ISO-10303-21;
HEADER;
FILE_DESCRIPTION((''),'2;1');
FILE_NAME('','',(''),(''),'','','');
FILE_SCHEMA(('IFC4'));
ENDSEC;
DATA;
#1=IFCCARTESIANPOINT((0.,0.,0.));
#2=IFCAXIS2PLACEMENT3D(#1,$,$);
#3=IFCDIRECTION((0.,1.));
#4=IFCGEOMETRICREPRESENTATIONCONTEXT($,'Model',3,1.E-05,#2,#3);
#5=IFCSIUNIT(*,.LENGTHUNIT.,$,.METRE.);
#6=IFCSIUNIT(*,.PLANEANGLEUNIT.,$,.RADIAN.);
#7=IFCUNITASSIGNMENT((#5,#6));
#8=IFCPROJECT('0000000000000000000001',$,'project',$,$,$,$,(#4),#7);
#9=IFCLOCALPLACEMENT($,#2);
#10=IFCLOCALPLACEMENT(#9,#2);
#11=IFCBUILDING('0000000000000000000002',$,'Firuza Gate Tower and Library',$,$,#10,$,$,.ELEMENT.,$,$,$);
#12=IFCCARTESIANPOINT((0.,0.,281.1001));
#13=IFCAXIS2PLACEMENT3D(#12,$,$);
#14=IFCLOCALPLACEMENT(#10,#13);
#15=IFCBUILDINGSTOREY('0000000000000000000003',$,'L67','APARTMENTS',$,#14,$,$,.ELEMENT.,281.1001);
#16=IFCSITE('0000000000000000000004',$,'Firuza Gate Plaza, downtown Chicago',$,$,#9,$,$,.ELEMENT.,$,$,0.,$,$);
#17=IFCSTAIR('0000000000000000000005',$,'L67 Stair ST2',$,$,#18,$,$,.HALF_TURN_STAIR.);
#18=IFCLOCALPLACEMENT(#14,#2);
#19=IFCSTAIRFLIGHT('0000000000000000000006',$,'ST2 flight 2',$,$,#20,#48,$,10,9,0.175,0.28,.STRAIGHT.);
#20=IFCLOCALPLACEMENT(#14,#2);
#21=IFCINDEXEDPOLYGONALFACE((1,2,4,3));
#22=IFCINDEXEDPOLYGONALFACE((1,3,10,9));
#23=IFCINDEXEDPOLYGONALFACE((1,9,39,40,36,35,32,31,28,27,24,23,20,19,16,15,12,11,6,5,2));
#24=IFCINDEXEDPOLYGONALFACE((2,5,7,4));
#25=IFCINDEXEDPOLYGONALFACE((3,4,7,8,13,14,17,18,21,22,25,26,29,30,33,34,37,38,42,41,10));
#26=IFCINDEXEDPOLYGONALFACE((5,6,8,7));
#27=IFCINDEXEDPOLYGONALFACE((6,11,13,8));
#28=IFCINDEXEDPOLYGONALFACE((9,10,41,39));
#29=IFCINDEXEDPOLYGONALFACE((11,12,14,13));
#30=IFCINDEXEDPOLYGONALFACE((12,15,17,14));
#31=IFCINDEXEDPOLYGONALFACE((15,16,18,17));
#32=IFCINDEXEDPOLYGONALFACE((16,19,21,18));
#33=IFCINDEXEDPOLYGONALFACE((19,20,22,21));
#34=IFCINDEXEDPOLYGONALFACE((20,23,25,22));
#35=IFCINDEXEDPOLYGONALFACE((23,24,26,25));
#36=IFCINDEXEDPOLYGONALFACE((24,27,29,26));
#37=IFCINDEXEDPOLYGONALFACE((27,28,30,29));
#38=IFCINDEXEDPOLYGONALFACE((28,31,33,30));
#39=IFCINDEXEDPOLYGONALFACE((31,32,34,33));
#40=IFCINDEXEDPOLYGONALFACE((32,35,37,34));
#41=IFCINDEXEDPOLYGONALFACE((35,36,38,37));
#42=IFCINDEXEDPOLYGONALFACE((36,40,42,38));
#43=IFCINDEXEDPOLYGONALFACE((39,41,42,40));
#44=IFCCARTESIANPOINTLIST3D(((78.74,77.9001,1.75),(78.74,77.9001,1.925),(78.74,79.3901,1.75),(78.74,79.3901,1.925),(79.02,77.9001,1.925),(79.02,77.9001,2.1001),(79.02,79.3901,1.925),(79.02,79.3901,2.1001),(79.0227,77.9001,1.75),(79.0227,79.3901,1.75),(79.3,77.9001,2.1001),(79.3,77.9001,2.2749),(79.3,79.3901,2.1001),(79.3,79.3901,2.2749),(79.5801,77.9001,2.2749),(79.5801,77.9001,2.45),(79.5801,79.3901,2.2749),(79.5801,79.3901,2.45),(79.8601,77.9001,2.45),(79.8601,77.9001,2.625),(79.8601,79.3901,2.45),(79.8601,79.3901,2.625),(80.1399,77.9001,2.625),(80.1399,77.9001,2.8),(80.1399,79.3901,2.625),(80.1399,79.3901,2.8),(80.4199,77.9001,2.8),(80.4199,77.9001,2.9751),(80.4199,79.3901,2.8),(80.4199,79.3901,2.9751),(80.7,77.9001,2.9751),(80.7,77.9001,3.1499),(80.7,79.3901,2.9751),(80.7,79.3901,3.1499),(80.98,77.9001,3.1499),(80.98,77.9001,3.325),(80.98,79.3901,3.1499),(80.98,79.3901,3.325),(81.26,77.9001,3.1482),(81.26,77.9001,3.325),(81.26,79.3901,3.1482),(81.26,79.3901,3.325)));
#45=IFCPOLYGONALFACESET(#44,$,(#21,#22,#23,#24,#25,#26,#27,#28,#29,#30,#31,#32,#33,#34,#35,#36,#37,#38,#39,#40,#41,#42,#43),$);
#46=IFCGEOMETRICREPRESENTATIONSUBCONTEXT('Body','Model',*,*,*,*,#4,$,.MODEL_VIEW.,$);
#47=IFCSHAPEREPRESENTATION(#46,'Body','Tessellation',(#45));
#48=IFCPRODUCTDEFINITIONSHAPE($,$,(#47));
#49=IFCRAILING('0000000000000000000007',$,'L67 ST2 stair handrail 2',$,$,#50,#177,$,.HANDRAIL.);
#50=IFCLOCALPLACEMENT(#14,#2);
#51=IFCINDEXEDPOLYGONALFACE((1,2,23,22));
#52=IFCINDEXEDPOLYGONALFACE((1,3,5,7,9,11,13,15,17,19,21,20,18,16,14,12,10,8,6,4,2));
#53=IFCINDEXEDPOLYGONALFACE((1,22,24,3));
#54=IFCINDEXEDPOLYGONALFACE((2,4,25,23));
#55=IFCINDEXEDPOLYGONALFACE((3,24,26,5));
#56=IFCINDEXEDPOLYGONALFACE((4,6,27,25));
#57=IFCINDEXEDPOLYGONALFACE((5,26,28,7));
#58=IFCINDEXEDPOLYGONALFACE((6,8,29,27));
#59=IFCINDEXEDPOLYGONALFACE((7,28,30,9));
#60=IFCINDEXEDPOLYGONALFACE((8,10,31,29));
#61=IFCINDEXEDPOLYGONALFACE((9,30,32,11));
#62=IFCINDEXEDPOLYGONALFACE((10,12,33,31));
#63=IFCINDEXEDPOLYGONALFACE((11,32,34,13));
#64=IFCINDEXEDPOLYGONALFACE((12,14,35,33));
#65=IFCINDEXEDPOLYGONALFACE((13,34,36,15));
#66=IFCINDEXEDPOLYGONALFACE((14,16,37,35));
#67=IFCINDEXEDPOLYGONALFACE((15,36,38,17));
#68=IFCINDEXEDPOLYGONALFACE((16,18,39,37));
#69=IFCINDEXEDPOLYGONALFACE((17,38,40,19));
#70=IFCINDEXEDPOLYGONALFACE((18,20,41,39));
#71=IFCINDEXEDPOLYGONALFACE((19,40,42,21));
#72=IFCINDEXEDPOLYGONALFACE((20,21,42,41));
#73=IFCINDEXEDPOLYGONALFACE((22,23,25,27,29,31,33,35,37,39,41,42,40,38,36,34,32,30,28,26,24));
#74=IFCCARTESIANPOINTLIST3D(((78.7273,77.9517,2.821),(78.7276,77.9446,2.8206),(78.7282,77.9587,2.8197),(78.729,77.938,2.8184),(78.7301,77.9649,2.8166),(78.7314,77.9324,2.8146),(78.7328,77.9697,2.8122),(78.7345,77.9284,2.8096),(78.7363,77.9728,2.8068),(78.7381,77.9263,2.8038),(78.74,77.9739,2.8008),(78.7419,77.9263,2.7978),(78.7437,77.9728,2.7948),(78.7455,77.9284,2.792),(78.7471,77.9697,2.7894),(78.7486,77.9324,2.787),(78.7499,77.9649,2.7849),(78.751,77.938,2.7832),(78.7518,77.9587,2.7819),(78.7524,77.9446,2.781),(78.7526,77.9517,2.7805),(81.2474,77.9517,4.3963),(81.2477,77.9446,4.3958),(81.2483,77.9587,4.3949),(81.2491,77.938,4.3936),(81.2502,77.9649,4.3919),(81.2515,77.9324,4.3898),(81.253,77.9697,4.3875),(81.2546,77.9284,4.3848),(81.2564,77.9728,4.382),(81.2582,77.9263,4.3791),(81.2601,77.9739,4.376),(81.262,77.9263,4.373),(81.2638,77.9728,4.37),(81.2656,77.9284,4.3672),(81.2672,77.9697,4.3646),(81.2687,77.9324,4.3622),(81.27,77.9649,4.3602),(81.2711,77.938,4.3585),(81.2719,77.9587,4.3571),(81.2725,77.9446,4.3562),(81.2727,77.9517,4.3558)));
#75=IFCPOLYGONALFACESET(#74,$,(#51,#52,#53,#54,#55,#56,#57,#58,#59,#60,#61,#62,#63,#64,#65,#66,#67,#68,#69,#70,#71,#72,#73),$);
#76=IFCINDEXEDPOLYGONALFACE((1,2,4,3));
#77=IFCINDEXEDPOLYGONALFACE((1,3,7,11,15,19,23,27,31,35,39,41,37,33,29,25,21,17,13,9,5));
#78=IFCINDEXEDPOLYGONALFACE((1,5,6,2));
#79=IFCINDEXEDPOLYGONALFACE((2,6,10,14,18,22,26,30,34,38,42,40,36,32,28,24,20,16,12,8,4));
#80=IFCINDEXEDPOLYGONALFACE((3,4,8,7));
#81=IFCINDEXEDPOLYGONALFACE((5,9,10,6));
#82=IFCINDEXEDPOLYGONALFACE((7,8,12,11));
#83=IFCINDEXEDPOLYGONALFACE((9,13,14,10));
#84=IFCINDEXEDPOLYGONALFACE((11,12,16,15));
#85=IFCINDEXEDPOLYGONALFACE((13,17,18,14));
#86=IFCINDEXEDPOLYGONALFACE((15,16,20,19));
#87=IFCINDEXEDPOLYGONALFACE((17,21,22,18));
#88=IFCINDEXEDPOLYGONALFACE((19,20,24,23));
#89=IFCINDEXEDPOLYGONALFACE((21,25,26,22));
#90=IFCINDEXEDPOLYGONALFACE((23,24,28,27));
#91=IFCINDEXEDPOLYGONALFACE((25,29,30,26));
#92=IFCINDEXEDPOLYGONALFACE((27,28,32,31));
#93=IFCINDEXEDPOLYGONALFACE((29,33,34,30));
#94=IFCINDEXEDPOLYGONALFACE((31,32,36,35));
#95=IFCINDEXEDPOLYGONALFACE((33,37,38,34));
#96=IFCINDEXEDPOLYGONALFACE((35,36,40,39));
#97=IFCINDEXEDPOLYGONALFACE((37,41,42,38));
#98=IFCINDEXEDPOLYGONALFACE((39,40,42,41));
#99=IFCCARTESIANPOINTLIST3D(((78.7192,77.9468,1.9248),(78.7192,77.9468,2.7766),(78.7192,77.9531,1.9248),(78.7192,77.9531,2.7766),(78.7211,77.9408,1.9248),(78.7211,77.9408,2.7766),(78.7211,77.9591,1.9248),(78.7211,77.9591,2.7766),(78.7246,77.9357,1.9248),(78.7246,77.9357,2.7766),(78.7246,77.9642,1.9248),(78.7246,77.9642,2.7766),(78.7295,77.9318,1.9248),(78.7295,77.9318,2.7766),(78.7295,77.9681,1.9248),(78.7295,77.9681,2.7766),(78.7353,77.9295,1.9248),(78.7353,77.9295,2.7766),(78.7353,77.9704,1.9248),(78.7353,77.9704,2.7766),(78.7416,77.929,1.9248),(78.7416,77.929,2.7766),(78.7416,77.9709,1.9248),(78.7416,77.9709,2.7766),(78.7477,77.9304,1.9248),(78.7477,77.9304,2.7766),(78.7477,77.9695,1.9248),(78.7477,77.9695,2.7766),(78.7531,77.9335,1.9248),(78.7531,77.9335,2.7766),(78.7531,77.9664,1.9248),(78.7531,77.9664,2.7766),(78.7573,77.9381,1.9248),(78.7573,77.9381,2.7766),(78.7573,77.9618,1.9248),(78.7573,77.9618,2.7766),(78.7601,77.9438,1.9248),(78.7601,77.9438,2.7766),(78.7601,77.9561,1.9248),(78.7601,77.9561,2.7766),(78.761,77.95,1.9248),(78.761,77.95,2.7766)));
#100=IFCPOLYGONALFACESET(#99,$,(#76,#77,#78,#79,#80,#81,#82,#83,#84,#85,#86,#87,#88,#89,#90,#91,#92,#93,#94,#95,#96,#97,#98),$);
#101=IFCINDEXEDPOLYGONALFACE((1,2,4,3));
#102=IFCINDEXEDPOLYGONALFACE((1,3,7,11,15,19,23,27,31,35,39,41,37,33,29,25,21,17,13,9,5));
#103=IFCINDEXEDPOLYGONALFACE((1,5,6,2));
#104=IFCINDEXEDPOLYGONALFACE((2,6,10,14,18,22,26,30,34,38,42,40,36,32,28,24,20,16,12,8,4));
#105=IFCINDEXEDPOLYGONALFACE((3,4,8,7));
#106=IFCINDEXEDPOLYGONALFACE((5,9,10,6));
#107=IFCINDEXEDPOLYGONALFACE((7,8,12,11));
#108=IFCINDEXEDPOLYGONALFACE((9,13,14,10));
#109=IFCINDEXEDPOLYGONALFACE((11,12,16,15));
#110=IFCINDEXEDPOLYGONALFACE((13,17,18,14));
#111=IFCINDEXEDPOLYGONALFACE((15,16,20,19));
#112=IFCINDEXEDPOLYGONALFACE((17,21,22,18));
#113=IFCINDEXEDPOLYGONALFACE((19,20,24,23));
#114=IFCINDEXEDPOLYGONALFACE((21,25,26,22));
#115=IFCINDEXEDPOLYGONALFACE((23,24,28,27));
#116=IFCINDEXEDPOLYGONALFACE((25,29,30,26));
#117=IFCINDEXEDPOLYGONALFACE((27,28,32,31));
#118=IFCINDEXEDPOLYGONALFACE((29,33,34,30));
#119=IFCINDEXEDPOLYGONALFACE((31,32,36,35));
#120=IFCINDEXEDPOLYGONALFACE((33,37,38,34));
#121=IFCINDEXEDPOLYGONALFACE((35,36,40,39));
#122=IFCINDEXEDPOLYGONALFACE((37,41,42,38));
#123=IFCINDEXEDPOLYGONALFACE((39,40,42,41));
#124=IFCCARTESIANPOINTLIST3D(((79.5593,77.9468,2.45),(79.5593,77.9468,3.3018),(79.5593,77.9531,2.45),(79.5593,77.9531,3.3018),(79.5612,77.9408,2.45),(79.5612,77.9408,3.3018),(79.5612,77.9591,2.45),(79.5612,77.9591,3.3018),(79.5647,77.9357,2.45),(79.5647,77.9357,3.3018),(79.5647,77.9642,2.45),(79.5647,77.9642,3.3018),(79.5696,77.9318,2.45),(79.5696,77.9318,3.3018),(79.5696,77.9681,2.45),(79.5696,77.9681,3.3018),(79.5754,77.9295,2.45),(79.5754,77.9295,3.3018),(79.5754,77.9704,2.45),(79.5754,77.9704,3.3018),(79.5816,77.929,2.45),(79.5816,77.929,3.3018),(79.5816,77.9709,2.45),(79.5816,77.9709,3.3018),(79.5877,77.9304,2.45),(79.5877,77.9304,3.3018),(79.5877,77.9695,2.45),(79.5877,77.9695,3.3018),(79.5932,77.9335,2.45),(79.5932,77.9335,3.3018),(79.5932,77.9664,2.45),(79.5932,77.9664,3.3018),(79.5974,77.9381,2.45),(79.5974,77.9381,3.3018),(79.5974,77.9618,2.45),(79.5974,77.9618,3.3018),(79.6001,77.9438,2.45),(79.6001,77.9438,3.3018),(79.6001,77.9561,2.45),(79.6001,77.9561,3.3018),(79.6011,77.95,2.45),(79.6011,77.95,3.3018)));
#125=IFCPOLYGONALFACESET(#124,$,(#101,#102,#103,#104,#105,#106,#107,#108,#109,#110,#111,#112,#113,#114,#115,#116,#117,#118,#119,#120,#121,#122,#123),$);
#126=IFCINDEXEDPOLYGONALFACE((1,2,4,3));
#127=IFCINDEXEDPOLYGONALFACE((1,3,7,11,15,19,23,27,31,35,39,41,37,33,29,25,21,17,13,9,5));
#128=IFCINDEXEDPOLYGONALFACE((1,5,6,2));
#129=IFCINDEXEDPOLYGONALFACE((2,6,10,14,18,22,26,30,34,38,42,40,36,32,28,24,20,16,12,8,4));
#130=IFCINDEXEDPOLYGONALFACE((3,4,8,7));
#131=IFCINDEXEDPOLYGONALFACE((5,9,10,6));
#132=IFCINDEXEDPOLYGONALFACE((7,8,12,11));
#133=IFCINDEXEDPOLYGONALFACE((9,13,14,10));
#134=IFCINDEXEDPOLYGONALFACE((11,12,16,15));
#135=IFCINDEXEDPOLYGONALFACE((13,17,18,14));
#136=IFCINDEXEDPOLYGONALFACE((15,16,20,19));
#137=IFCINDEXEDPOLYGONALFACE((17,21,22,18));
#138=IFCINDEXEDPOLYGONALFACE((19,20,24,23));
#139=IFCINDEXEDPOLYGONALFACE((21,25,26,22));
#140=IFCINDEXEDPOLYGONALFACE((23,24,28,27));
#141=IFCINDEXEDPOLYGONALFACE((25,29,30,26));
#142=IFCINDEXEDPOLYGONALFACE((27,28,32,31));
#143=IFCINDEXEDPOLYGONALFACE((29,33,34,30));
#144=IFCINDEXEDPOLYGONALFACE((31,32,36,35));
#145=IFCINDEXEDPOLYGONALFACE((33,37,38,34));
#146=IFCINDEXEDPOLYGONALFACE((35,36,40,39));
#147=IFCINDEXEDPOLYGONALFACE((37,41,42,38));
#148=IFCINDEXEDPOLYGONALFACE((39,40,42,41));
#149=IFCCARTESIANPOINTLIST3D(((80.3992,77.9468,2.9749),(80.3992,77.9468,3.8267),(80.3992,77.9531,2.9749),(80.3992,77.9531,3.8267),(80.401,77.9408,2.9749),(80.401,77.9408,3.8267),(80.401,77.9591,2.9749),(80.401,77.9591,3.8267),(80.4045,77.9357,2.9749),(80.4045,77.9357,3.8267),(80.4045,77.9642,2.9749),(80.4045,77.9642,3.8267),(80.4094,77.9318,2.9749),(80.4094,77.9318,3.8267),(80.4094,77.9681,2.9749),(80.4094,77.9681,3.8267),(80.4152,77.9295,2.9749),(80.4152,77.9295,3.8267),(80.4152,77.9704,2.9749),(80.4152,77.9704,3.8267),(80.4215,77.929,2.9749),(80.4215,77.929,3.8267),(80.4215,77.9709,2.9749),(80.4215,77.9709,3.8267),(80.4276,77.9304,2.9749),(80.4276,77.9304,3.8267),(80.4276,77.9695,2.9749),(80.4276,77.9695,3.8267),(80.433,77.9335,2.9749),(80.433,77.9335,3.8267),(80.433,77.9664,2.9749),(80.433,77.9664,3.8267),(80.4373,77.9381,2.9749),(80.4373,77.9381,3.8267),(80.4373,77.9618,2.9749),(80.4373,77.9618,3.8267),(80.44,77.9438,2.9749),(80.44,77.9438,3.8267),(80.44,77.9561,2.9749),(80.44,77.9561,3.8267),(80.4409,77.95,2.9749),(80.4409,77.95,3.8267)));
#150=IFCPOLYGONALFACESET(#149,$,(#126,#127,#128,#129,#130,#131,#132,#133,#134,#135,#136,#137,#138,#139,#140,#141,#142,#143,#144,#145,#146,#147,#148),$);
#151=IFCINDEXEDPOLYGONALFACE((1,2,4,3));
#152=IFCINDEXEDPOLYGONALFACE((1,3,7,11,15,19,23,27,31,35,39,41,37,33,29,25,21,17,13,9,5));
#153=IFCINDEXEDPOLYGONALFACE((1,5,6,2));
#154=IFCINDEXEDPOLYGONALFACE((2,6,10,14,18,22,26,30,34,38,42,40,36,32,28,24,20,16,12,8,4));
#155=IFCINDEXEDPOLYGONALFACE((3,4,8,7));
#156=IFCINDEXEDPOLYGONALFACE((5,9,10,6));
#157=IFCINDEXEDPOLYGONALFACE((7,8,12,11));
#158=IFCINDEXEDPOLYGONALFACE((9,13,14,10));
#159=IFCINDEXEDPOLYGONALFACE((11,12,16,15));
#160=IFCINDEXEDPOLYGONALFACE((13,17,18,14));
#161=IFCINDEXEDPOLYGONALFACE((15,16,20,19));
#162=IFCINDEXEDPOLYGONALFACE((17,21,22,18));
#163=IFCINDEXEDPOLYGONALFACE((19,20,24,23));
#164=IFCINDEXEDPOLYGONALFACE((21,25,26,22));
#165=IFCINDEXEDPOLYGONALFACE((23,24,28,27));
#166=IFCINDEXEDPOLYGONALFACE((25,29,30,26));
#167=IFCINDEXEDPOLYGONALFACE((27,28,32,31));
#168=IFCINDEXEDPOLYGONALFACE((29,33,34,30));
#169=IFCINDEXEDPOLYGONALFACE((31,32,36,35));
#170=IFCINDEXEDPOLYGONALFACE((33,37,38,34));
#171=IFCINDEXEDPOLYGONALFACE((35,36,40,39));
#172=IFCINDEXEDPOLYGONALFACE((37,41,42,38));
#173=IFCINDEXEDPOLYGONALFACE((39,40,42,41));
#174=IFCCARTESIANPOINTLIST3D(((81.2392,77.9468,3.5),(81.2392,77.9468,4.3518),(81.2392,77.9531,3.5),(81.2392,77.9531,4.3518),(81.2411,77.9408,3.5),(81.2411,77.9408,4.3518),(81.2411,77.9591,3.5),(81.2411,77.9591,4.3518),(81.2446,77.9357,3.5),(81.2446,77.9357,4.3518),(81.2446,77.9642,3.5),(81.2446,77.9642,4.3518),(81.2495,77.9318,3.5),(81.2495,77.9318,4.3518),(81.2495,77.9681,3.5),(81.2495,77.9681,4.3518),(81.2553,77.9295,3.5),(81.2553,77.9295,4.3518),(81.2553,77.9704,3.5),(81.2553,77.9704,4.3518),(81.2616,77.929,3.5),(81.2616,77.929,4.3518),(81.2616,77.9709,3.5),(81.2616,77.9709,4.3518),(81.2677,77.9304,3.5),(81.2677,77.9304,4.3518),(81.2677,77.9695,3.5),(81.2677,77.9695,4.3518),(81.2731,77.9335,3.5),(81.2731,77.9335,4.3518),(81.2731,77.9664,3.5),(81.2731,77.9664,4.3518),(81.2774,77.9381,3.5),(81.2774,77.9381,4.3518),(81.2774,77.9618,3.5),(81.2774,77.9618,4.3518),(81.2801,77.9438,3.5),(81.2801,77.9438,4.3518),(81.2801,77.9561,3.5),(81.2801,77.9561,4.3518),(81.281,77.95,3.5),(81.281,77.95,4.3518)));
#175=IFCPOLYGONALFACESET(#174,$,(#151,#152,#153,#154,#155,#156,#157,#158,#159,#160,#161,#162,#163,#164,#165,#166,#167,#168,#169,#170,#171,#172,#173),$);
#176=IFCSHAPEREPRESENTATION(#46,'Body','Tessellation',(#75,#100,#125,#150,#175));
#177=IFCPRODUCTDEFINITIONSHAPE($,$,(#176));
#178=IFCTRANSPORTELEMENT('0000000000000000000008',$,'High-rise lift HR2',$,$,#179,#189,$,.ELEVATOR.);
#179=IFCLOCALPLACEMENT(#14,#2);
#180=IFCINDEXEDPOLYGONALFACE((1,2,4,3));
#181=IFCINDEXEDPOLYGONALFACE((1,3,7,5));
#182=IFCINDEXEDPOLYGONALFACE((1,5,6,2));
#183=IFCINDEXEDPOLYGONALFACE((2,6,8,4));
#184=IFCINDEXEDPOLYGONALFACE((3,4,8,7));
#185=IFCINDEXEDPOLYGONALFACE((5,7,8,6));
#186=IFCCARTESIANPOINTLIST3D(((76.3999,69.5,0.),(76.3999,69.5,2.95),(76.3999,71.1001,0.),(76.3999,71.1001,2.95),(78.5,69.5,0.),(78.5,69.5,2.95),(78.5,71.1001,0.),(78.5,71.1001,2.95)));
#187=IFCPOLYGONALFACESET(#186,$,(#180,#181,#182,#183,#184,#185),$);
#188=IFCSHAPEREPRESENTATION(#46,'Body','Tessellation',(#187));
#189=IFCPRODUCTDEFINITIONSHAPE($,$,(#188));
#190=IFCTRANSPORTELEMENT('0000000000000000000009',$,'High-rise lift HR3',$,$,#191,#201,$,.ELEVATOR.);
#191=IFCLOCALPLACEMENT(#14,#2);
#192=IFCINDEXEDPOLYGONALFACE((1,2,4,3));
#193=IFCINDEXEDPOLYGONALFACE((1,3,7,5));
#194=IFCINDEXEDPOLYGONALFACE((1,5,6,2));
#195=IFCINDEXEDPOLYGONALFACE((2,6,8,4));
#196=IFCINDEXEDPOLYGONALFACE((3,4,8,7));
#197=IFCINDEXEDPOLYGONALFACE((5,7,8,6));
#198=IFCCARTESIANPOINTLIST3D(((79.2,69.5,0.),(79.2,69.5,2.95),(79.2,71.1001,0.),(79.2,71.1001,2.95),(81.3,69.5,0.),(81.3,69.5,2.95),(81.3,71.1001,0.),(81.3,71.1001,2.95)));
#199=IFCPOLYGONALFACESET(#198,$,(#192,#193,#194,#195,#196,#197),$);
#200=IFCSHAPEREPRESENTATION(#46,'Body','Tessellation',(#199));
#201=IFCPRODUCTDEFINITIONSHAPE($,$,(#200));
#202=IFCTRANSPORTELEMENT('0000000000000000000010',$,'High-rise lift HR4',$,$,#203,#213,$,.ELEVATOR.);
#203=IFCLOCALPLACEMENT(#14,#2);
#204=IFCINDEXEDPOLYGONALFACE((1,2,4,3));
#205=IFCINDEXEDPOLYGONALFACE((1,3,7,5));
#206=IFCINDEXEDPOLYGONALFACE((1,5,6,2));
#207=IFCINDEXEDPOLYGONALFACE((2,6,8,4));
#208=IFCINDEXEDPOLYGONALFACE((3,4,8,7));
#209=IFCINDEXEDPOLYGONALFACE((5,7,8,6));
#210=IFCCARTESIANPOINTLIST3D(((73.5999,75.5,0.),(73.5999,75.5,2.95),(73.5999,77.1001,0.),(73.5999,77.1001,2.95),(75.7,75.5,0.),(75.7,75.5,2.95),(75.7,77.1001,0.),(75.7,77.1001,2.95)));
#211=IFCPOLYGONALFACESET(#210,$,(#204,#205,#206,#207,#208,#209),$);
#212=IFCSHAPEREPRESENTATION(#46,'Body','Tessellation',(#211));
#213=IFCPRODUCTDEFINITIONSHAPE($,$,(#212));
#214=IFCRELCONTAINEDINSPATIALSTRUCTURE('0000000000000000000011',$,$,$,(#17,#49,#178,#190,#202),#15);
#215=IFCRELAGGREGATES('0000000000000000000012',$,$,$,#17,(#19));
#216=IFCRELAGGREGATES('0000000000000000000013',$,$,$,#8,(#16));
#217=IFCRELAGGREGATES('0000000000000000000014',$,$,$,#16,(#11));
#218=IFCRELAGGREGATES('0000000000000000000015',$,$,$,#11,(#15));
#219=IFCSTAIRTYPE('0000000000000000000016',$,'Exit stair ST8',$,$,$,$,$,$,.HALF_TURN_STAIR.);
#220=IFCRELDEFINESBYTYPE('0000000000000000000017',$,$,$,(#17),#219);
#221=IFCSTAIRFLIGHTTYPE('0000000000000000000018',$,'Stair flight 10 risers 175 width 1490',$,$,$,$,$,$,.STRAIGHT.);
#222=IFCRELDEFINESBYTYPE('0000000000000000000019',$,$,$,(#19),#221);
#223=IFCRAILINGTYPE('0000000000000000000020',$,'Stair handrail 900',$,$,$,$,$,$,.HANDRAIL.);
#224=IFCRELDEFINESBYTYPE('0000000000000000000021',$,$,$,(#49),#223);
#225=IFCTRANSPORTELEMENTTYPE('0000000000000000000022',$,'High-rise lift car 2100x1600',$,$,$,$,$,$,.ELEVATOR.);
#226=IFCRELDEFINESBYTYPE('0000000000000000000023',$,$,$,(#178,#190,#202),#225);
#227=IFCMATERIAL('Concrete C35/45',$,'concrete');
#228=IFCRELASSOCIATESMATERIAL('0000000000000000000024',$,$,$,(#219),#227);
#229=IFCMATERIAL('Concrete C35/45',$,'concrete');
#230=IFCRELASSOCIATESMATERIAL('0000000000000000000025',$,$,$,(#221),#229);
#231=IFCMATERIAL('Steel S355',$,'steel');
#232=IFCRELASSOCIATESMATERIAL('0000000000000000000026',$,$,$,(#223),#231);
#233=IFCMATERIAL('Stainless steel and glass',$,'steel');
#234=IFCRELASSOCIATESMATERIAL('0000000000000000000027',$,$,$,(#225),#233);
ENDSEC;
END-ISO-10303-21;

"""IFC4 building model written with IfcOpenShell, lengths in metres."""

from ifc_helpers import new_model, si_unit, direction, frame, origin, origin_2d, place, context, subcontext, project, spatial, polyline, rectangle, circle, outline, extrude, material, type_object, element, aggregate, save


model = new_model("IFC4")

# Units and contexts
model_context = context("Model", 3, precision=1e-05, world=origin(), true_north=direction((0.0, 1.0)))
body_context = subcontext(model_context, "Body", "Model", "MODEL_VIEW")
ifc_project = project(units=[si_unit("LENGTHUNIT", "METRE"), si_unit("PLANEANGLEUNIT", "RADIAN")], contexts=[model_context])

# Site, building, storey
site_placement = place(None, origin())
site = spatial("IfcSite", under=ifc_project, at=site_placement, Name="Firuza Gate Plaza, downtown Chicago", CompositionType="ELEMENT", RefElevation=0.0)
building_placement = place(site_placement, origin())
building = spatial("IfcBuilding", under=site, at=building_placement, Name="Firuza Gate Tower and Library", CompositionType="ELEMENT")
storey_placement = place(building_placement, frame((0.0, 0.0, 281.1001)))
storey = spatial("IfcBuildingStorey", under=building, at=storey_placement, Name="L67", Description="APARTMENTS", CompositionType="ELEMENT", Elevation=281.1001)

# Stair, stair flight
ifc_material_1 = material(Name="Concrete C35/45", Category="concrete")
stair_type = type_object("IfcStairType", Name="Exit stair ST8", PredefinedType="HALF_TURN_STAIR", material=ifc_material_1)
stair_placement = place(storey_placement, origin())
stair = element("IfcStair", 1, at=stair_placement, inside=storey, type_object=stair_type, Name="L67 Stair ST2", PredefinedType="HALF_TURN_STAIR")
ifc_material_2 = material(Name="Concrete C35/45", Category="concrete")
stair_flight_type = type_object("IfcStairFlightType", Name="Stair flight 10 risers 175 width 1490", PredefinedType="STRAIGHT", material=ifc_material_2)
stair_flight_placement = place(storey_placement, frame((78.74, 78.645, 1.75), z_axis=(0.0, 0.0, 1.0), x_axis=(1.0, 0.0, 0.0)))
stair_flight = element("IfcStairFlight", 2, at=stair_flight_placement, type_object=stair_flight_type, Name="ST2 flight 2", NumberOfRisers=10, NumberOfTreads=9, PredefinedType="STRAIGHT", RiserHeight=0.175, TreadLength=0.28, context=body_context, shape_type="SweptSolid", body=[
    extrude(outline(polyline([(0.0, 0.0), (0.0, 0.175), (0.28, 0.175), (0.28, 0.3501), (0.5601, 0.3501), (0.5601, 0.5249), (0.8401, 0.5249), (0.8401, 0.7), (1.1201, 0.7), (1.1201, 0.875), (1.3999, 0.875), (1.3999, 1.05), (1.6799, 1.05), (1.6799, 1.2251), (1.96, 1.2251), (1.96, 1.3999), (2.24, 1.3999), (2.24, 1.575), (2.52, 1.575), (2.52, 1.75), (2.52, 1.3982), (0.2827, 0.0), (0.0, 0.0)])), frame((0.0, 0.7451, 0.0), z_axis=(0.0, -1.0, 0.0), x_axis=(1.0, 0.0, 0.0)), (0.0, 0.0, 1.0), 1.49),
])
aggregate(stair, [stair_flight])

# Railing
ifc_material_3 = material(Name="Steel S355", Category="steel")
railing_type_1 = type_object("IfcRailingType", Name="Stair handrail 900", PredefinedType="HANDRAIL", material=ifc_material_3)
railing_1_placement = place(storey_placement, frame((78.74, 77.95, 1.9248)))
element("IfcRailing", 3, at=railing_1_placement, inside=storey, type_object=railing_type_1, Name="L67 ST2 stair handrail 2", PredefinedType="HANDRAIL", context=body_context, shape_type="SweptSolid", body=[
    extrude(circle(Radius=0.0239, at=origin_2d()), frame((0.0, 0.0, 0.876), z_axis=(0.847971, 0.0, 0.530043), x_axis=(0.0, 1.0, 0.0)), (0.0, 0.0, 1.0), 2.9719),
    extrude(circle(Radius=0.021, at=origin_2d()), origin(), (0.0, 0.0, 1.0), 0.8518),
    extrude(circle(Radius=0.021, at=origin_2d()), frame((0.8401, 0.0, 0.5251)), (0.0, 0.0, 1.0), 0.8518),
    extrude(circle(Radius=0.021, at=origin_2d()), frame((1.6799, 0.0, 1.05)), (0.0, 0.0, 1.0), 0.8518),
    extrude(circle(Radius=0.021, at=origin_2d()), frame((2.52, 0.0, 1.5752)), (0.0, 0.0, 1.0), 0.8518),
])

# Transport elements
ifc_material_4 = material(Name="Stainless steel and glass", Category="steel")
transport_element_type = type_object("IfcTransportElementType", Name="High-rise lift car 2100x1600", PredefinedType="ELEVATOR", material=ifc_material_4)
for number, where, z_axis, x_axis, name in (
    (4, (77.45, 70.3, 0.0), (0.0, 0.0, 1.0), (1.0, 0.0, 0.0), "High-rise lift HR2"),
    (5, (80.25, 70.3, 0.0), (0.0, 0.0, 1.0), (1.0, 0.0, 0.0), "High-rise lift HR3"),
    (6, (74.6499, 76.3, 0.0), (0.0, 0.0, 1.0), (1.0, 0.0, 0.0), "High-rise lift HR4"),
):
    element("IfcTransportElement", number, at=place(storey_placement, frame(where, z_axis=z_axis, x_axis=x_axis)), inside=storey, type_object=transport_element_type, Name=name, PredefinedType="ELEVATOR", context=body_context, shape_type="SweptSolid", body=[
        extrude(rectangle(XDim=2.1001, YDim=1.6001, at=origin_2d()), origin(), (0.0, 0.0, 1.0), 2.95),
    ])

save(model, "model.ifc")
